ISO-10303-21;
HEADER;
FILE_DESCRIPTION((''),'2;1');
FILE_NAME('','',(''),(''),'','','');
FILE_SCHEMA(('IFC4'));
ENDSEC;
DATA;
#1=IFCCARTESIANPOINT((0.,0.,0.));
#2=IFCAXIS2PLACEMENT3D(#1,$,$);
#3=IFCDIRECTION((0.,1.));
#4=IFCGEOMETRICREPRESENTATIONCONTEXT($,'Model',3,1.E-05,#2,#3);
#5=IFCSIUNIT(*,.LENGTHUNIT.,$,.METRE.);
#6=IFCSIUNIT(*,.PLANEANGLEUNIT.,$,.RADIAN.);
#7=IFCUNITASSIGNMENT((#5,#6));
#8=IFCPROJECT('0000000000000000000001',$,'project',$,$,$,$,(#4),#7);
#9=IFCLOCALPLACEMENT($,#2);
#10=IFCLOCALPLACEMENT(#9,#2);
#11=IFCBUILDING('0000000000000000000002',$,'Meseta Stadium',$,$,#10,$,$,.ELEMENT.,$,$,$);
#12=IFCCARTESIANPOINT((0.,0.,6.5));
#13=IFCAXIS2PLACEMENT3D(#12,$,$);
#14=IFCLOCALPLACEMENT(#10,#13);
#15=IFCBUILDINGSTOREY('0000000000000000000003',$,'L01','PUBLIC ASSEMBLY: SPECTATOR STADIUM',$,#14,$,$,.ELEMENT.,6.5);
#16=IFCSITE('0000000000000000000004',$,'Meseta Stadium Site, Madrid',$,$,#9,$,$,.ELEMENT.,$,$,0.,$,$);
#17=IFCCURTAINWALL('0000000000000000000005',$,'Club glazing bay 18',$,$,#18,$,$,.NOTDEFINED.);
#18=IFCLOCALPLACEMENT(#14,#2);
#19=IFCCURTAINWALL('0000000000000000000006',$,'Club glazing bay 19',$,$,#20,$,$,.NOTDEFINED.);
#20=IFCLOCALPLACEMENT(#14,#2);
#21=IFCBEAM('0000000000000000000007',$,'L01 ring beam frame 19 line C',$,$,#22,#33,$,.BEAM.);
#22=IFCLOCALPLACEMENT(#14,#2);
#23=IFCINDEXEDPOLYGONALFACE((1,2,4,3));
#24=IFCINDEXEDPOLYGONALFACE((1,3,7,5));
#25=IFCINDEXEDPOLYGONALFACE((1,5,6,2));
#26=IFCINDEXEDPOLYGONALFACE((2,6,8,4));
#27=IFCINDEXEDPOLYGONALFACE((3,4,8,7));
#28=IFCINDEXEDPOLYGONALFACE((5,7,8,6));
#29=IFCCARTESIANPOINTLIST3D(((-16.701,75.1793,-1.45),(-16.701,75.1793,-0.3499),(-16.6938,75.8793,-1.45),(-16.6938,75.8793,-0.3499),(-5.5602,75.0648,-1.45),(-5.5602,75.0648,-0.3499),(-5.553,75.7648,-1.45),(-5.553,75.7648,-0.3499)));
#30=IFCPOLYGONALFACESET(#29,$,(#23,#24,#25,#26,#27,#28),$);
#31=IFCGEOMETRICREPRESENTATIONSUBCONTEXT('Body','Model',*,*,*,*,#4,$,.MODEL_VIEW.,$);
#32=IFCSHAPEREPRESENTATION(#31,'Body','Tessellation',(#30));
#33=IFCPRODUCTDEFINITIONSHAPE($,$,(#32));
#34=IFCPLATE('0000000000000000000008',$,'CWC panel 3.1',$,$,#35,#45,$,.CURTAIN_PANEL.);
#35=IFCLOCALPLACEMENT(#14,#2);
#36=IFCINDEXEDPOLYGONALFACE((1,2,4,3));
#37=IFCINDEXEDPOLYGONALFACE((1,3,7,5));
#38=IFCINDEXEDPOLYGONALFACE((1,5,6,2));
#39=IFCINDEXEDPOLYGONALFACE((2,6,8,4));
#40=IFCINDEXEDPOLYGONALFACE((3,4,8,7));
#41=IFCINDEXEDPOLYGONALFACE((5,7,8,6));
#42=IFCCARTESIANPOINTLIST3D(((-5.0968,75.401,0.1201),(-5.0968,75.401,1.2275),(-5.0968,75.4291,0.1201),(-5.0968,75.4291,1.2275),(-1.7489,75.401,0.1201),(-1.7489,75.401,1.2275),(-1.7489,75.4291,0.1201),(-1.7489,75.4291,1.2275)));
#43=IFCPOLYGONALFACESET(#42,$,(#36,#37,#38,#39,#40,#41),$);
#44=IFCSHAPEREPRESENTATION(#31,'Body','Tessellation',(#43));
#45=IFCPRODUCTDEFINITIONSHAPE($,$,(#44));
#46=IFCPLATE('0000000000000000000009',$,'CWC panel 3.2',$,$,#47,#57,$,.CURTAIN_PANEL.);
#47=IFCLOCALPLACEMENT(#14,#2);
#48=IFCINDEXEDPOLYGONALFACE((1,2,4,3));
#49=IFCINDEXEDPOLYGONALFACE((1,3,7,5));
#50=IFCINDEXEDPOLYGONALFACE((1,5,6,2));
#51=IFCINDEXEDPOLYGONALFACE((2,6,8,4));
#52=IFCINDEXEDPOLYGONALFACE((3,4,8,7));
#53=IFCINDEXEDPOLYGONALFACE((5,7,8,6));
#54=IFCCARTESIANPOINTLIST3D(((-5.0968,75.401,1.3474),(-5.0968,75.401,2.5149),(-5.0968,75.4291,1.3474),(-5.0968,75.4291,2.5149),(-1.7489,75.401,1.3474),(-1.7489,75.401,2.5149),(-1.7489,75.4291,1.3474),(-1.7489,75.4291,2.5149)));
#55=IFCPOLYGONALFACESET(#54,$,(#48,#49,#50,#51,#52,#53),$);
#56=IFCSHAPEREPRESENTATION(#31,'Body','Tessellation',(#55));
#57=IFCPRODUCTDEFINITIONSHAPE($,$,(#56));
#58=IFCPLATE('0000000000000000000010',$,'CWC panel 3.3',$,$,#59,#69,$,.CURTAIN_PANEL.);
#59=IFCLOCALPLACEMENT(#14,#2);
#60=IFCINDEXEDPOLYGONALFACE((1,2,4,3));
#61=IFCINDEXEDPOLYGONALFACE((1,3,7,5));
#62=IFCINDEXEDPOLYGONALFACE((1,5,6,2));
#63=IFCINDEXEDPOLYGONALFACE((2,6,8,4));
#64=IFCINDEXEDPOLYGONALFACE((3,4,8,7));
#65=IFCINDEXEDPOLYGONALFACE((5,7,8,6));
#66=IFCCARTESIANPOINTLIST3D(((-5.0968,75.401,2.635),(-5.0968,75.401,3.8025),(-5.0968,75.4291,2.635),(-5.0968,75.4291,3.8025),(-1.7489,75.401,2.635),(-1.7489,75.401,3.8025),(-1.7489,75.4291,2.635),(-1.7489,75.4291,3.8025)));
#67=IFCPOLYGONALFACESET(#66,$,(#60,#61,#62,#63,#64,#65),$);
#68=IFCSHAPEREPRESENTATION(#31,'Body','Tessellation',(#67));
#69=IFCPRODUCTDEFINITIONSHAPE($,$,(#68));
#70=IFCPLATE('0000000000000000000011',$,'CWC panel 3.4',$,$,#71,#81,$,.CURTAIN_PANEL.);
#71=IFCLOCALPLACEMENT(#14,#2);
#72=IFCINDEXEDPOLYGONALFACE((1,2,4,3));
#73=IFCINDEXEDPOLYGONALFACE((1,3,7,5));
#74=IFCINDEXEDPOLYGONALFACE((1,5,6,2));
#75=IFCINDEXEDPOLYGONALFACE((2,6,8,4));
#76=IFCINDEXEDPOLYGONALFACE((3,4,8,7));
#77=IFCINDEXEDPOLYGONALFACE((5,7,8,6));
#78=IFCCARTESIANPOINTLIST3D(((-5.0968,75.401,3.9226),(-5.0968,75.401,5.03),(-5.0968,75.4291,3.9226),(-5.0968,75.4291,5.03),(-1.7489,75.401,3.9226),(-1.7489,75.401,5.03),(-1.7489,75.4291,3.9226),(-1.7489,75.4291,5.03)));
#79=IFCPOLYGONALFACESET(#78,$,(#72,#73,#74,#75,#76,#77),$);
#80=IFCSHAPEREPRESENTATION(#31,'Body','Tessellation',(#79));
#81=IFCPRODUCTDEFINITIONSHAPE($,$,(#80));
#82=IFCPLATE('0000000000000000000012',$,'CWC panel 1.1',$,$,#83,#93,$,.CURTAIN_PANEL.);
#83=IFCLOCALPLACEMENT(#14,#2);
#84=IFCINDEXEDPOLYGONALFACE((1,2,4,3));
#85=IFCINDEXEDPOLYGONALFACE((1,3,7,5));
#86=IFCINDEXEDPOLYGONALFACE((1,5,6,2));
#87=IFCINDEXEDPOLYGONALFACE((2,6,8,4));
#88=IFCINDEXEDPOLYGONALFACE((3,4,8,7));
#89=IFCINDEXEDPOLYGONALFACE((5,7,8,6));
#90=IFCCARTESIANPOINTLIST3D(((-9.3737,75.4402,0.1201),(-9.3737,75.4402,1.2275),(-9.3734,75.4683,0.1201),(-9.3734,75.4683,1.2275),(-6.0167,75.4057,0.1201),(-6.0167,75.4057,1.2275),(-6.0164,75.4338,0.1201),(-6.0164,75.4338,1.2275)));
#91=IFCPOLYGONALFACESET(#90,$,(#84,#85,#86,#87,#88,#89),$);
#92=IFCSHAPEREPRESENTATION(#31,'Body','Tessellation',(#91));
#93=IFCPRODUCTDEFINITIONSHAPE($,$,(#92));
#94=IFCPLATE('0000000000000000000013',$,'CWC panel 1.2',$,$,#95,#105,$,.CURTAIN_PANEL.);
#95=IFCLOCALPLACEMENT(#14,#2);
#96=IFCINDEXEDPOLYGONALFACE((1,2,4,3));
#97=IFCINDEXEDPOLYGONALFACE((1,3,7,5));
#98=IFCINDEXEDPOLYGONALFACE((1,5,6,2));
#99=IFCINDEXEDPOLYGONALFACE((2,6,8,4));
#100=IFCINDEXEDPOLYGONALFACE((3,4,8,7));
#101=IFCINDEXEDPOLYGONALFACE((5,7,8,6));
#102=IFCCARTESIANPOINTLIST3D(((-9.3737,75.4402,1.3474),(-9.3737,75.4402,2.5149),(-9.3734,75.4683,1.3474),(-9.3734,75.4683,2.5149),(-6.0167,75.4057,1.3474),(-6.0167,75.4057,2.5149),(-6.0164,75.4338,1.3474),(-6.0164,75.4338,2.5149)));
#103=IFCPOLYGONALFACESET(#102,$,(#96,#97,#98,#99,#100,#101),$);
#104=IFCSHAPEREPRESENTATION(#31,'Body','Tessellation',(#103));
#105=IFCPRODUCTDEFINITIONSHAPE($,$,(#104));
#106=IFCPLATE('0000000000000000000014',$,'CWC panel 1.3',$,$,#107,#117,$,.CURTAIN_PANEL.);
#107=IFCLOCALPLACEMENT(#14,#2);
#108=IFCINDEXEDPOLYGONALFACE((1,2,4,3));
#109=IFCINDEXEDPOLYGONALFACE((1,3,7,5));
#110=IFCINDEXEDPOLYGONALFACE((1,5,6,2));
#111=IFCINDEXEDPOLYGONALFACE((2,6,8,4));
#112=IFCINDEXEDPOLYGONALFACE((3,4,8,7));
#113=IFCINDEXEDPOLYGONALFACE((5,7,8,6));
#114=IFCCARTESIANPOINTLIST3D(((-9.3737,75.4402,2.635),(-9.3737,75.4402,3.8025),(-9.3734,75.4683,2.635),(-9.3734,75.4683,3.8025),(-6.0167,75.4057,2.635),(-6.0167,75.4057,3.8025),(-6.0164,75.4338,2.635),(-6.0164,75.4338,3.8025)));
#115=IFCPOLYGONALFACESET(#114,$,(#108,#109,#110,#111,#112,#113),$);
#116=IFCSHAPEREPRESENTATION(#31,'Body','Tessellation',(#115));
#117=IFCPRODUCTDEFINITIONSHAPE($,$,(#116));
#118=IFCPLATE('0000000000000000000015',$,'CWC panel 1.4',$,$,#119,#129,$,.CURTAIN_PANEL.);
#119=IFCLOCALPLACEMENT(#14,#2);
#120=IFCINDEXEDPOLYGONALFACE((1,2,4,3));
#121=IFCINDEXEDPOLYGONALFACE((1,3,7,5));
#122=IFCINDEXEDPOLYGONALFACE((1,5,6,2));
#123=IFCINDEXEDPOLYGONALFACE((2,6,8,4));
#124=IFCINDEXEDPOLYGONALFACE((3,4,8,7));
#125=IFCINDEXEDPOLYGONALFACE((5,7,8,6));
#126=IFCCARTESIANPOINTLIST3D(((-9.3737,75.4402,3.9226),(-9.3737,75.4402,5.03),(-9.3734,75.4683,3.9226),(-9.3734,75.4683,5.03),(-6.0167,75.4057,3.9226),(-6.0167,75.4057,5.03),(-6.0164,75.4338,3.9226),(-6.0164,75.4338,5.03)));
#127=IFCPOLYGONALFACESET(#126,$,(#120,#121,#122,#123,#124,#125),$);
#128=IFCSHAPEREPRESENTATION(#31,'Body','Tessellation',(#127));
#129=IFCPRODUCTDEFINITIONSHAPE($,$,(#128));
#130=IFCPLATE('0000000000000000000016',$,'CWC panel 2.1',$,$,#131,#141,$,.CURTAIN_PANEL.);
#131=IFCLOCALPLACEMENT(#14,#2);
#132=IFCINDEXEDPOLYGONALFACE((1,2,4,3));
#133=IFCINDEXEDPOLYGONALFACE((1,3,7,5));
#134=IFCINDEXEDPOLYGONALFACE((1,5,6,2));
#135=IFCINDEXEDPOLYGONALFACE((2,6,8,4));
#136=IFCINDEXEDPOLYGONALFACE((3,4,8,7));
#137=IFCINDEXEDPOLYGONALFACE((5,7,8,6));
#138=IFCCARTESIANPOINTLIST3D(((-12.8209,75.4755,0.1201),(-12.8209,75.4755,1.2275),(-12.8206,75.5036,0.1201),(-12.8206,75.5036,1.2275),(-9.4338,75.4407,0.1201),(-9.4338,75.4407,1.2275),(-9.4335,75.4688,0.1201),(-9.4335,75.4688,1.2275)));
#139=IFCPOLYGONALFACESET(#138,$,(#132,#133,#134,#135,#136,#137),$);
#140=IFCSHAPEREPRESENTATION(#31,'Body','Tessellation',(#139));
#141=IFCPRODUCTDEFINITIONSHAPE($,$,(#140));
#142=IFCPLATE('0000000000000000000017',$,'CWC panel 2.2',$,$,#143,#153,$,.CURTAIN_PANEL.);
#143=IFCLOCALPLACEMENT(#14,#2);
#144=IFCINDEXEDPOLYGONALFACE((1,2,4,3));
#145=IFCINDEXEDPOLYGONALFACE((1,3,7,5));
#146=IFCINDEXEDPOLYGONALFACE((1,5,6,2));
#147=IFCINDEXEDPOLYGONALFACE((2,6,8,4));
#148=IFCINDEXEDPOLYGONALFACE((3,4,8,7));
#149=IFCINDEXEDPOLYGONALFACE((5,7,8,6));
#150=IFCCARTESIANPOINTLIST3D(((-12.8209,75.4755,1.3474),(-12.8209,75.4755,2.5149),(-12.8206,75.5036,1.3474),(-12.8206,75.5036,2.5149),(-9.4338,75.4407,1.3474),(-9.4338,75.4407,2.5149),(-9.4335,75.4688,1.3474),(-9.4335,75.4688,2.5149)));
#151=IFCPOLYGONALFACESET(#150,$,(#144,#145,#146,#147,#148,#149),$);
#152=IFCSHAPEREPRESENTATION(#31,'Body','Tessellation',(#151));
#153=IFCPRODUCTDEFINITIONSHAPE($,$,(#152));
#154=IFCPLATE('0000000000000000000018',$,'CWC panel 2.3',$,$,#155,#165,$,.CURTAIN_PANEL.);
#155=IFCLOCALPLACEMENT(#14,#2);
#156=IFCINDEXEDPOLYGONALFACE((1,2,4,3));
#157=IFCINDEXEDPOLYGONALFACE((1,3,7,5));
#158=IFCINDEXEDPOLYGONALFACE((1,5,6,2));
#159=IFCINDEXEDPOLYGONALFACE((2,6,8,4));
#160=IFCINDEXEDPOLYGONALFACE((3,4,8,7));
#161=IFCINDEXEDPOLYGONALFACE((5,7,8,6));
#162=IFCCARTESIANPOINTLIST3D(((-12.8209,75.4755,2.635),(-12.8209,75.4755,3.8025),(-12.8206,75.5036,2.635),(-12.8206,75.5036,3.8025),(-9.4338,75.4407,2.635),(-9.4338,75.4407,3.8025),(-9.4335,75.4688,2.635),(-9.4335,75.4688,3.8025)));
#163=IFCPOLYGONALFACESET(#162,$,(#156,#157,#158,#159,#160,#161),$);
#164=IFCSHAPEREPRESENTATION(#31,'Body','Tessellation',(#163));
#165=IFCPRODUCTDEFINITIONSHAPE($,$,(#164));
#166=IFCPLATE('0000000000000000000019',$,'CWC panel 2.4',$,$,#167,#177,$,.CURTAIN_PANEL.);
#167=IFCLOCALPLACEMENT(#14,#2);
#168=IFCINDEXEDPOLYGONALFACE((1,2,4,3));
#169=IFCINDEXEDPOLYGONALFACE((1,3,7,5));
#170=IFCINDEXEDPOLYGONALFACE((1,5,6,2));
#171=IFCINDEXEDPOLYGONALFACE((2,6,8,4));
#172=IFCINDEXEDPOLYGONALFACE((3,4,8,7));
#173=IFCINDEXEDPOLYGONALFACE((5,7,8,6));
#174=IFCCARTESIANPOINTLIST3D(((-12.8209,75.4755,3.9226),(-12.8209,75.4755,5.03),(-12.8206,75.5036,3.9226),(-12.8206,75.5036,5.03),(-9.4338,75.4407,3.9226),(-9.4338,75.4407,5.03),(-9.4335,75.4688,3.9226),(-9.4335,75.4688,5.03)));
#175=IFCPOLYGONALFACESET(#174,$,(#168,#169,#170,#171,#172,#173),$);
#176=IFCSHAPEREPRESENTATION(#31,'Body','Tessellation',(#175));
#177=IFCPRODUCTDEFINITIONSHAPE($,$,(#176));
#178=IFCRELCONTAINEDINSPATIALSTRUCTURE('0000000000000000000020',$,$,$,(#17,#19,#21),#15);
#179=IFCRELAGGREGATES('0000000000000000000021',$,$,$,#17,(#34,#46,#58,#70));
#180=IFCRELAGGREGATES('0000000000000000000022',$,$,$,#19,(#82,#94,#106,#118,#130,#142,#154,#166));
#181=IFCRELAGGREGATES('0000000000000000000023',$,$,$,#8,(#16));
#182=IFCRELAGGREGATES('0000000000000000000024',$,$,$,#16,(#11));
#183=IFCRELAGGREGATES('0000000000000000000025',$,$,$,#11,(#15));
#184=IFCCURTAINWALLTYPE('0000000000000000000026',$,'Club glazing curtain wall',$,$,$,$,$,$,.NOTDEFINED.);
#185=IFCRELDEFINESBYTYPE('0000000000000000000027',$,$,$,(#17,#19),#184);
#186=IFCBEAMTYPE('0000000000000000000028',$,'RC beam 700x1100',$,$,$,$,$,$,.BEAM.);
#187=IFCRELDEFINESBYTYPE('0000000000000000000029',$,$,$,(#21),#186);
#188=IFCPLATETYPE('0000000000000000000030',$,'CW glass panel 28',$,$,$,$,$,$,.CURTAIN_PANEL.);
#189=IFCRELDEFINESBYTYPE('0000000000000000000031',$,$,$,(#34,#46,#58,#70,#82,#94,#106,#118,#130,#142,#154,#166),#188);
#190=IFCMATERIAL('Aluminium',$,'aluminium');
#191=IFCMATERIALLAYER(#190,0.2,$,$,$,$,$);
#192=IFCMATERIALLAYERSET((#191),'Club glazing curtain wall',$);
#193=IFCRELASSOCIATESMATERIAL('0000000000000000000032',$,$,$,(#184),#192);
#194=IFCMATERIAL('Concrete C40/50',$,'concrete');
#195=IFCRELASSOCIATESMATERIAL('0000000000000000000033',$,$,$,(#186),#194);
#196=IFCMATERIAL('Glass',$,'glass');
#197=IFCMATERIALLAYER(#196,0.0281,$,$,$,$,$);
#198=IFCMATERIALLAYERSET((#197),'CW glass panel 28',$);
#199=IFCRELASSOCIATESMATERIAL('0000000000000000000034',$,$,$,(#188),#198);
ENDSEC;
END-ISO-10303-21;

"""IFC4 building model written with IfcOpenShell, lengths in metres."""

from ifc_helpers import new_model, si_unit, direction, frame, origin, origin_2d, place, context, subcontext, project, spatial, rectangle, extrude, material, layer, layer_set, material_profile, profile_set, type_object, element, aggregate, save


model = new_model("IFC4")

# Units and contexts
model_context = context("Model", 3, precision=1e-05, world=origin(), true_north=direction((0.0, 1.0)))
body_context = subcontext(model_context, "Body", "Model", "MODEL_VIEW")
ifc_project = project(units=[si_unit("LENGTHUNIT", "METRE"), si_unit("PLANEANGLEUNIT", "RADIAN")], contexts=[model_context])

# Site, building, storey
site_placement = place(None, origin())
site = spatial("IfcSite", under=ifc_project, at=site_placement, Name="Meseta Stadium Site, Madrid", CompositionType="ELEMENT", RefElevation=0.0)
building_placement = place(site_placement, origin())
building = spatial("IfcBuilding", under=site, at=building_placement, Name="Meseta Stadium", CompositionType="ELEMENT")
storey_placement = place(building_placement, frame((0.0, 0.0, 6.5)))
storey = spatial("IfcBuildingStorey", under=building, at=storey_placement, Name="L01", Description="PUBLIC ASSEMBLY: SPECTATOR STADIUM", CompositionType="ELEMENT", Elevation=6.5)

# Curtain walls
ifc_material_1 = material(Name="Aluminium", Category="aluminium")
ifc_layer_1 = layer(ifc_material_1, 0.2)
ifc_layer_set_1 = layer_set([ifc_layer_1], Name="Club glazing curtain wall")
curtain_wall_type = type_object("IfcCurtainWallType", Name="Club glazing curtain wall", PredefinedType="NOTDEFINED", material=ifc_layer_set_1)
curtain_wall_1_placement = place(storey_placement, origin())
curtain_wall_1 = element("IfcCurtainWall", 1, at=curtain_wall_1_placement, inside=storey, type_object=curtain_wall_type, Name="Club glazing bay 18", PredefinedType="NOTDEFINED")
curtain_wall_2_placement = place(storey_placement, origin())
curtain_wall_2 = element("IfcCurtainWall", 2, at=curtain_wall_2_placement, inside=storey, type_object=curtain_wall_type, Name="Club glazing bay 19", PredefinedType="NOTDEFINED")

# Beam
ifc_material_2 = material(Name="Concrete C40/50", Category="concrete")
ifc_material_profile_1 = material_profile(ifc_material_2, rectangle(XDim=0.7, YDim=1.1001, at=origin_2d()), Name="RC 700x1100")
ifc_profile_set_1 = profile_set([ifc_material_profile_1], Name="Concrete C40/50")
beam_type_1 = type_object("IfcBeamType", Name="RC beam 700x1100", PredefinedType="BEAM", material=ifc_profile_set_1)
beam_1_placement = place(storey_placement, frame((-5.5566, 75.4148, -0.8999), z_axis=(-0.999947, 0.010277, 0.0), x_axis=(-0.010277, -0.999947, 0.0)))
element("IfcBeam", 3, at=beam_1_placement, inside=storey, type_object=beam_type_1, Name="L01 ring beam frame 19 line C", PredefinedType="BEAM", context=body_context, shape_type="SweptSolid", body=[
    extrude(rectangle(XDim=0.7, YDim=1.1001, at=origin_2d()), origin(), (0.0, 0.0, 1.0), 11.1414),
])

# Plates
ifc_material_3 = material(Name="Glass", Category="glass")
ifc_layer_2 = layer(ifc_material_3, 0.0281)
ifc_layer_set_2 = layer_set([ifc_layer_2], Name="CW glass panel 28")
plate_type = type_object("IfcPlateType", Name="CW glass panel 28", PredefinedType="CURTAIN_PANEL", material=ifc_layer_set_2)
plate_1_placement = place(storey_placement, frame((-3.4229, 75.415, 0.1201), z_axis=(0.0, 0.0, 1.0), x_axis=(-1.0, 0.0, 0.0)))
plate_1 = element("IfcPlate", 4, at=plate_1_placement, type_object=plate_type, Name="CWC panel 3.1", PredefinedType="CURTAIN_PANEL", context=body_context, shape_type="SweptSolid", body=[
    extrude(rectangle(XDim=3.3479, YDim=0.0281, at=origin_2d()), origin(), (0.0, 0.0, 1.0), 1.1074),
])
plate_2_placement = place(storey_placement, frame((-3.4229, 75.415, 1.3474), z_axis=(0.0, 0.0, 1.0), x_axis=(-1.0, 0.0, 0.0)))
plate_2 = element("IfcPlate", 5, at=plate_2_placement, type_object=plate_type, Name="CWC panel 3.2", PredefinedType="CURTAIN_PANEL", context=body_context, shape_type="SweptSolid", body=[
    extrude(rectangle(XDim=3.3479, YDim=0.0281, at=origin_2d()), origin(), (0.0, 0.0, 1.0), 1.1675),
])
plate_3_placement = place(storey_placement, frame((-3.4229, 75.415, 2.635), z_axis=(0.0, 0.0, 1.0), x_axis=(-1.0, 0.0, 0.0)))
plate_3 = element("IfcPlate", 6, at=plate_3_placement, type_object=plate_type, Name="CWC panel 3.3", PredefinedType="CURTAIN_PANEL", context=body_context, shape_type="SweptSolid", body=[
    extrude(rectangle(XDim=3.3479, YDim=0.0281, at=origin_2d()), origin(), (0.0, 0.0, 1.0), 1.1675),
])
plate_4_placement = place(storey_placement, frame((-3.4229, 75.415, 3.9226), z_axis=(0.0, 0.0, 1.0), x_axis=(-1.0, 0.0, 0.0)))
plate_4 = element("IfcPlate", 7, at=plate_4_placement, type_object=plate_type, Name="CWC panel 3.4", PredefinedType="CURTAIN_PANEL", context=body_context, shape_type="SweptSolid", body=[
    extrude(rectangle(XDim=3.3479, YDim=0.0281, at=origin_2d()), origin(), (0.0, 0.0, 1.0), 1.1074),
])
aggregate(curtain_wall_1, [plate_1, plate_2, plate_3, plate_4])
plate_5_placement = place(storey_placement, frame((-7.6951, 75.437, 0.1201), z_axis=(0.0, 0.0, 1.0), x_axis=(-0.999947, 0.010279, 0.0)))
plate_5 = element("IfcPlate", 8, at=plate_5_placement, type_object=plate_type, Name="CWC panel 1.1", PredefinedType="CURTAIN_PANEL", context=body_context, shape_type="SweptSolid", body=[
    extrude(rectangle(XDim=3.3572, YDim=0.0281, at=origin_2d()), origin(), (0.0, 0.0, 1.0), 1.1074),
])
plate_6_placement = place(storey_placement, frame((-7.6951, 75.437, 1.3474), z_axis=(0.0, 0.0, 1.0), x_axis=(-0.999947, 0.010279, 0.0)))
plate_6 = element("IfcPlate", 9, at=plate_6_placement, type_object=plate_type, Name="CWC panel 1.2", PredefinedType="CURTAIN_PANEL", context=body_context, shape_type="SweptSolid", body=[
    extrude(rectangle(XDim=3.3572, YDim=0.0281, at=origin_2d()), origin(), (0.0, 0.0, 1.0), 1.1675),
])
plate_7_placement = place(storey_placement, frame((-7.6951, 75.437, 2.635), z_axis=(0.0, 0.0, 1.0), x_axis=(-0.999947, 0.010279, 0.0)))
plate_7 = element("IfcPlate", 10, at=plate_7_placement, type_object=plate_type, Name="CWC panel 1.3", PredefinedType="CURTAIN_PANEL", context=body_context, shape_type="SweptSolid", body=[
    extrude(rectangle(XDim=3.3572, YDim=0.0281, at=origin_2d()), origin(), (0.0, 0.0, 1.0), 1.1675),
])
plate_8_placement = place(storey_placement, frame((-7.6951, 75.437, 3.9226), z_axis=(0.0, 0.0, 1.0), x_axis=(-0.999947, 0.010279, 0.0)))
plate_8 = element("IfcPlate", 11, at=plate_8_placement, type_object=plate_type, Name="CWC panel 1.4", PredefinedType="CURTAIN_PANEL", context=body_context, shape_type="SweptSolid", body=[
    extrude(rectangle(XDim=3.3572, YDim=0.0281, at=origin_2d()), origin(), (0.0, 0.0, 1.0), 1.1074),
])
plate_9_placement = place(storey_placement, frame((-11.1272, 75.4722, 0.1201), z_axis=(0.0, 0.0, 1.0), x_axis=(-0.999947, 0.010279, 0.0)))
plate_9 = element("IfcPlate", 12, at=plate_9_placement, type_object=plate_type, Name="CWC panel 2.1", PredefinedType="CURTAIN_PANEL", context=body_context, shape_type="SweptSolid", body=[
    extrude(rectangle(XDim=3.3872, YDim=0.0281, at=origin_2d()), origin(), (0.0, 0.0, 1.0), 1.1074),
])
plate_10_placement = place(storey_placement, frame((-11.1272, 75.4722, 1.3474), z_axis=(0.0, 0.0, 1.0), x_axis=(-0.999947, 0.010279, 0.0)))
plate_10 = element("IfcPlate", 13, at=plate_10_placement, type_object=plate_type, Name="CWC panel 2.2", PredefinedType="CURTAIN_PANEL", context=body_context, shape_type="SweptSolid", body=[
    extrude(rectangle(XDim=3.3872, YDim=0.0281, at=origin_2d()), origin(), (0.0, 0.0, 1.0), 1.1675),
])
plate_11_placement = place(storey_placement, frame((-11.1272, 75.4722, 2.635), z_axis=(0.0, 0.0, 1.0), x_axis=(-0.999947, 0.010279, 0.0)))
plate_11 = element("IfcPlate", 14, at=plate_11_placement, type_object=plate_type, Name="CWC panel 2.3", PredefinedType="CURTAIN_PANEL", context=body_context, shape_type="SweptSolid", body=[
    extrude(rectangle(XDim=3.3872, YDim=0.0281, at=origin_2d()), origin(), (0.0, 0.0, 1.0), 1.1675),
])
plate_12_placement = place(storey_placement, frame((-11.1272, 75.4722, 3.9226), z_axis=(0.0, 0.0, 1.0), x_axis=(-0.999947, 0.010279, 0.0)))
plate_12 = element("IfcPlate", 15, at=plate_12_placement, type_object=plate_type, Name="CWC panel 2.4", PredefinedType="CURTAIN_PANEL", context=body_context, shape_type="SweptSolid", body=[
    extrude(rectangle(XDim=3.3872, YDim=0.0281, at=origin_2d()), origin(), (0.0, 0.0, 1.0), 1.1074),
])
aggregate(curtain_wall_2, [plate_5, plate_6, plate_7, plate_8, plate_9, plate_10, plate_11, plate_12])

save(model, "model.ifc")
